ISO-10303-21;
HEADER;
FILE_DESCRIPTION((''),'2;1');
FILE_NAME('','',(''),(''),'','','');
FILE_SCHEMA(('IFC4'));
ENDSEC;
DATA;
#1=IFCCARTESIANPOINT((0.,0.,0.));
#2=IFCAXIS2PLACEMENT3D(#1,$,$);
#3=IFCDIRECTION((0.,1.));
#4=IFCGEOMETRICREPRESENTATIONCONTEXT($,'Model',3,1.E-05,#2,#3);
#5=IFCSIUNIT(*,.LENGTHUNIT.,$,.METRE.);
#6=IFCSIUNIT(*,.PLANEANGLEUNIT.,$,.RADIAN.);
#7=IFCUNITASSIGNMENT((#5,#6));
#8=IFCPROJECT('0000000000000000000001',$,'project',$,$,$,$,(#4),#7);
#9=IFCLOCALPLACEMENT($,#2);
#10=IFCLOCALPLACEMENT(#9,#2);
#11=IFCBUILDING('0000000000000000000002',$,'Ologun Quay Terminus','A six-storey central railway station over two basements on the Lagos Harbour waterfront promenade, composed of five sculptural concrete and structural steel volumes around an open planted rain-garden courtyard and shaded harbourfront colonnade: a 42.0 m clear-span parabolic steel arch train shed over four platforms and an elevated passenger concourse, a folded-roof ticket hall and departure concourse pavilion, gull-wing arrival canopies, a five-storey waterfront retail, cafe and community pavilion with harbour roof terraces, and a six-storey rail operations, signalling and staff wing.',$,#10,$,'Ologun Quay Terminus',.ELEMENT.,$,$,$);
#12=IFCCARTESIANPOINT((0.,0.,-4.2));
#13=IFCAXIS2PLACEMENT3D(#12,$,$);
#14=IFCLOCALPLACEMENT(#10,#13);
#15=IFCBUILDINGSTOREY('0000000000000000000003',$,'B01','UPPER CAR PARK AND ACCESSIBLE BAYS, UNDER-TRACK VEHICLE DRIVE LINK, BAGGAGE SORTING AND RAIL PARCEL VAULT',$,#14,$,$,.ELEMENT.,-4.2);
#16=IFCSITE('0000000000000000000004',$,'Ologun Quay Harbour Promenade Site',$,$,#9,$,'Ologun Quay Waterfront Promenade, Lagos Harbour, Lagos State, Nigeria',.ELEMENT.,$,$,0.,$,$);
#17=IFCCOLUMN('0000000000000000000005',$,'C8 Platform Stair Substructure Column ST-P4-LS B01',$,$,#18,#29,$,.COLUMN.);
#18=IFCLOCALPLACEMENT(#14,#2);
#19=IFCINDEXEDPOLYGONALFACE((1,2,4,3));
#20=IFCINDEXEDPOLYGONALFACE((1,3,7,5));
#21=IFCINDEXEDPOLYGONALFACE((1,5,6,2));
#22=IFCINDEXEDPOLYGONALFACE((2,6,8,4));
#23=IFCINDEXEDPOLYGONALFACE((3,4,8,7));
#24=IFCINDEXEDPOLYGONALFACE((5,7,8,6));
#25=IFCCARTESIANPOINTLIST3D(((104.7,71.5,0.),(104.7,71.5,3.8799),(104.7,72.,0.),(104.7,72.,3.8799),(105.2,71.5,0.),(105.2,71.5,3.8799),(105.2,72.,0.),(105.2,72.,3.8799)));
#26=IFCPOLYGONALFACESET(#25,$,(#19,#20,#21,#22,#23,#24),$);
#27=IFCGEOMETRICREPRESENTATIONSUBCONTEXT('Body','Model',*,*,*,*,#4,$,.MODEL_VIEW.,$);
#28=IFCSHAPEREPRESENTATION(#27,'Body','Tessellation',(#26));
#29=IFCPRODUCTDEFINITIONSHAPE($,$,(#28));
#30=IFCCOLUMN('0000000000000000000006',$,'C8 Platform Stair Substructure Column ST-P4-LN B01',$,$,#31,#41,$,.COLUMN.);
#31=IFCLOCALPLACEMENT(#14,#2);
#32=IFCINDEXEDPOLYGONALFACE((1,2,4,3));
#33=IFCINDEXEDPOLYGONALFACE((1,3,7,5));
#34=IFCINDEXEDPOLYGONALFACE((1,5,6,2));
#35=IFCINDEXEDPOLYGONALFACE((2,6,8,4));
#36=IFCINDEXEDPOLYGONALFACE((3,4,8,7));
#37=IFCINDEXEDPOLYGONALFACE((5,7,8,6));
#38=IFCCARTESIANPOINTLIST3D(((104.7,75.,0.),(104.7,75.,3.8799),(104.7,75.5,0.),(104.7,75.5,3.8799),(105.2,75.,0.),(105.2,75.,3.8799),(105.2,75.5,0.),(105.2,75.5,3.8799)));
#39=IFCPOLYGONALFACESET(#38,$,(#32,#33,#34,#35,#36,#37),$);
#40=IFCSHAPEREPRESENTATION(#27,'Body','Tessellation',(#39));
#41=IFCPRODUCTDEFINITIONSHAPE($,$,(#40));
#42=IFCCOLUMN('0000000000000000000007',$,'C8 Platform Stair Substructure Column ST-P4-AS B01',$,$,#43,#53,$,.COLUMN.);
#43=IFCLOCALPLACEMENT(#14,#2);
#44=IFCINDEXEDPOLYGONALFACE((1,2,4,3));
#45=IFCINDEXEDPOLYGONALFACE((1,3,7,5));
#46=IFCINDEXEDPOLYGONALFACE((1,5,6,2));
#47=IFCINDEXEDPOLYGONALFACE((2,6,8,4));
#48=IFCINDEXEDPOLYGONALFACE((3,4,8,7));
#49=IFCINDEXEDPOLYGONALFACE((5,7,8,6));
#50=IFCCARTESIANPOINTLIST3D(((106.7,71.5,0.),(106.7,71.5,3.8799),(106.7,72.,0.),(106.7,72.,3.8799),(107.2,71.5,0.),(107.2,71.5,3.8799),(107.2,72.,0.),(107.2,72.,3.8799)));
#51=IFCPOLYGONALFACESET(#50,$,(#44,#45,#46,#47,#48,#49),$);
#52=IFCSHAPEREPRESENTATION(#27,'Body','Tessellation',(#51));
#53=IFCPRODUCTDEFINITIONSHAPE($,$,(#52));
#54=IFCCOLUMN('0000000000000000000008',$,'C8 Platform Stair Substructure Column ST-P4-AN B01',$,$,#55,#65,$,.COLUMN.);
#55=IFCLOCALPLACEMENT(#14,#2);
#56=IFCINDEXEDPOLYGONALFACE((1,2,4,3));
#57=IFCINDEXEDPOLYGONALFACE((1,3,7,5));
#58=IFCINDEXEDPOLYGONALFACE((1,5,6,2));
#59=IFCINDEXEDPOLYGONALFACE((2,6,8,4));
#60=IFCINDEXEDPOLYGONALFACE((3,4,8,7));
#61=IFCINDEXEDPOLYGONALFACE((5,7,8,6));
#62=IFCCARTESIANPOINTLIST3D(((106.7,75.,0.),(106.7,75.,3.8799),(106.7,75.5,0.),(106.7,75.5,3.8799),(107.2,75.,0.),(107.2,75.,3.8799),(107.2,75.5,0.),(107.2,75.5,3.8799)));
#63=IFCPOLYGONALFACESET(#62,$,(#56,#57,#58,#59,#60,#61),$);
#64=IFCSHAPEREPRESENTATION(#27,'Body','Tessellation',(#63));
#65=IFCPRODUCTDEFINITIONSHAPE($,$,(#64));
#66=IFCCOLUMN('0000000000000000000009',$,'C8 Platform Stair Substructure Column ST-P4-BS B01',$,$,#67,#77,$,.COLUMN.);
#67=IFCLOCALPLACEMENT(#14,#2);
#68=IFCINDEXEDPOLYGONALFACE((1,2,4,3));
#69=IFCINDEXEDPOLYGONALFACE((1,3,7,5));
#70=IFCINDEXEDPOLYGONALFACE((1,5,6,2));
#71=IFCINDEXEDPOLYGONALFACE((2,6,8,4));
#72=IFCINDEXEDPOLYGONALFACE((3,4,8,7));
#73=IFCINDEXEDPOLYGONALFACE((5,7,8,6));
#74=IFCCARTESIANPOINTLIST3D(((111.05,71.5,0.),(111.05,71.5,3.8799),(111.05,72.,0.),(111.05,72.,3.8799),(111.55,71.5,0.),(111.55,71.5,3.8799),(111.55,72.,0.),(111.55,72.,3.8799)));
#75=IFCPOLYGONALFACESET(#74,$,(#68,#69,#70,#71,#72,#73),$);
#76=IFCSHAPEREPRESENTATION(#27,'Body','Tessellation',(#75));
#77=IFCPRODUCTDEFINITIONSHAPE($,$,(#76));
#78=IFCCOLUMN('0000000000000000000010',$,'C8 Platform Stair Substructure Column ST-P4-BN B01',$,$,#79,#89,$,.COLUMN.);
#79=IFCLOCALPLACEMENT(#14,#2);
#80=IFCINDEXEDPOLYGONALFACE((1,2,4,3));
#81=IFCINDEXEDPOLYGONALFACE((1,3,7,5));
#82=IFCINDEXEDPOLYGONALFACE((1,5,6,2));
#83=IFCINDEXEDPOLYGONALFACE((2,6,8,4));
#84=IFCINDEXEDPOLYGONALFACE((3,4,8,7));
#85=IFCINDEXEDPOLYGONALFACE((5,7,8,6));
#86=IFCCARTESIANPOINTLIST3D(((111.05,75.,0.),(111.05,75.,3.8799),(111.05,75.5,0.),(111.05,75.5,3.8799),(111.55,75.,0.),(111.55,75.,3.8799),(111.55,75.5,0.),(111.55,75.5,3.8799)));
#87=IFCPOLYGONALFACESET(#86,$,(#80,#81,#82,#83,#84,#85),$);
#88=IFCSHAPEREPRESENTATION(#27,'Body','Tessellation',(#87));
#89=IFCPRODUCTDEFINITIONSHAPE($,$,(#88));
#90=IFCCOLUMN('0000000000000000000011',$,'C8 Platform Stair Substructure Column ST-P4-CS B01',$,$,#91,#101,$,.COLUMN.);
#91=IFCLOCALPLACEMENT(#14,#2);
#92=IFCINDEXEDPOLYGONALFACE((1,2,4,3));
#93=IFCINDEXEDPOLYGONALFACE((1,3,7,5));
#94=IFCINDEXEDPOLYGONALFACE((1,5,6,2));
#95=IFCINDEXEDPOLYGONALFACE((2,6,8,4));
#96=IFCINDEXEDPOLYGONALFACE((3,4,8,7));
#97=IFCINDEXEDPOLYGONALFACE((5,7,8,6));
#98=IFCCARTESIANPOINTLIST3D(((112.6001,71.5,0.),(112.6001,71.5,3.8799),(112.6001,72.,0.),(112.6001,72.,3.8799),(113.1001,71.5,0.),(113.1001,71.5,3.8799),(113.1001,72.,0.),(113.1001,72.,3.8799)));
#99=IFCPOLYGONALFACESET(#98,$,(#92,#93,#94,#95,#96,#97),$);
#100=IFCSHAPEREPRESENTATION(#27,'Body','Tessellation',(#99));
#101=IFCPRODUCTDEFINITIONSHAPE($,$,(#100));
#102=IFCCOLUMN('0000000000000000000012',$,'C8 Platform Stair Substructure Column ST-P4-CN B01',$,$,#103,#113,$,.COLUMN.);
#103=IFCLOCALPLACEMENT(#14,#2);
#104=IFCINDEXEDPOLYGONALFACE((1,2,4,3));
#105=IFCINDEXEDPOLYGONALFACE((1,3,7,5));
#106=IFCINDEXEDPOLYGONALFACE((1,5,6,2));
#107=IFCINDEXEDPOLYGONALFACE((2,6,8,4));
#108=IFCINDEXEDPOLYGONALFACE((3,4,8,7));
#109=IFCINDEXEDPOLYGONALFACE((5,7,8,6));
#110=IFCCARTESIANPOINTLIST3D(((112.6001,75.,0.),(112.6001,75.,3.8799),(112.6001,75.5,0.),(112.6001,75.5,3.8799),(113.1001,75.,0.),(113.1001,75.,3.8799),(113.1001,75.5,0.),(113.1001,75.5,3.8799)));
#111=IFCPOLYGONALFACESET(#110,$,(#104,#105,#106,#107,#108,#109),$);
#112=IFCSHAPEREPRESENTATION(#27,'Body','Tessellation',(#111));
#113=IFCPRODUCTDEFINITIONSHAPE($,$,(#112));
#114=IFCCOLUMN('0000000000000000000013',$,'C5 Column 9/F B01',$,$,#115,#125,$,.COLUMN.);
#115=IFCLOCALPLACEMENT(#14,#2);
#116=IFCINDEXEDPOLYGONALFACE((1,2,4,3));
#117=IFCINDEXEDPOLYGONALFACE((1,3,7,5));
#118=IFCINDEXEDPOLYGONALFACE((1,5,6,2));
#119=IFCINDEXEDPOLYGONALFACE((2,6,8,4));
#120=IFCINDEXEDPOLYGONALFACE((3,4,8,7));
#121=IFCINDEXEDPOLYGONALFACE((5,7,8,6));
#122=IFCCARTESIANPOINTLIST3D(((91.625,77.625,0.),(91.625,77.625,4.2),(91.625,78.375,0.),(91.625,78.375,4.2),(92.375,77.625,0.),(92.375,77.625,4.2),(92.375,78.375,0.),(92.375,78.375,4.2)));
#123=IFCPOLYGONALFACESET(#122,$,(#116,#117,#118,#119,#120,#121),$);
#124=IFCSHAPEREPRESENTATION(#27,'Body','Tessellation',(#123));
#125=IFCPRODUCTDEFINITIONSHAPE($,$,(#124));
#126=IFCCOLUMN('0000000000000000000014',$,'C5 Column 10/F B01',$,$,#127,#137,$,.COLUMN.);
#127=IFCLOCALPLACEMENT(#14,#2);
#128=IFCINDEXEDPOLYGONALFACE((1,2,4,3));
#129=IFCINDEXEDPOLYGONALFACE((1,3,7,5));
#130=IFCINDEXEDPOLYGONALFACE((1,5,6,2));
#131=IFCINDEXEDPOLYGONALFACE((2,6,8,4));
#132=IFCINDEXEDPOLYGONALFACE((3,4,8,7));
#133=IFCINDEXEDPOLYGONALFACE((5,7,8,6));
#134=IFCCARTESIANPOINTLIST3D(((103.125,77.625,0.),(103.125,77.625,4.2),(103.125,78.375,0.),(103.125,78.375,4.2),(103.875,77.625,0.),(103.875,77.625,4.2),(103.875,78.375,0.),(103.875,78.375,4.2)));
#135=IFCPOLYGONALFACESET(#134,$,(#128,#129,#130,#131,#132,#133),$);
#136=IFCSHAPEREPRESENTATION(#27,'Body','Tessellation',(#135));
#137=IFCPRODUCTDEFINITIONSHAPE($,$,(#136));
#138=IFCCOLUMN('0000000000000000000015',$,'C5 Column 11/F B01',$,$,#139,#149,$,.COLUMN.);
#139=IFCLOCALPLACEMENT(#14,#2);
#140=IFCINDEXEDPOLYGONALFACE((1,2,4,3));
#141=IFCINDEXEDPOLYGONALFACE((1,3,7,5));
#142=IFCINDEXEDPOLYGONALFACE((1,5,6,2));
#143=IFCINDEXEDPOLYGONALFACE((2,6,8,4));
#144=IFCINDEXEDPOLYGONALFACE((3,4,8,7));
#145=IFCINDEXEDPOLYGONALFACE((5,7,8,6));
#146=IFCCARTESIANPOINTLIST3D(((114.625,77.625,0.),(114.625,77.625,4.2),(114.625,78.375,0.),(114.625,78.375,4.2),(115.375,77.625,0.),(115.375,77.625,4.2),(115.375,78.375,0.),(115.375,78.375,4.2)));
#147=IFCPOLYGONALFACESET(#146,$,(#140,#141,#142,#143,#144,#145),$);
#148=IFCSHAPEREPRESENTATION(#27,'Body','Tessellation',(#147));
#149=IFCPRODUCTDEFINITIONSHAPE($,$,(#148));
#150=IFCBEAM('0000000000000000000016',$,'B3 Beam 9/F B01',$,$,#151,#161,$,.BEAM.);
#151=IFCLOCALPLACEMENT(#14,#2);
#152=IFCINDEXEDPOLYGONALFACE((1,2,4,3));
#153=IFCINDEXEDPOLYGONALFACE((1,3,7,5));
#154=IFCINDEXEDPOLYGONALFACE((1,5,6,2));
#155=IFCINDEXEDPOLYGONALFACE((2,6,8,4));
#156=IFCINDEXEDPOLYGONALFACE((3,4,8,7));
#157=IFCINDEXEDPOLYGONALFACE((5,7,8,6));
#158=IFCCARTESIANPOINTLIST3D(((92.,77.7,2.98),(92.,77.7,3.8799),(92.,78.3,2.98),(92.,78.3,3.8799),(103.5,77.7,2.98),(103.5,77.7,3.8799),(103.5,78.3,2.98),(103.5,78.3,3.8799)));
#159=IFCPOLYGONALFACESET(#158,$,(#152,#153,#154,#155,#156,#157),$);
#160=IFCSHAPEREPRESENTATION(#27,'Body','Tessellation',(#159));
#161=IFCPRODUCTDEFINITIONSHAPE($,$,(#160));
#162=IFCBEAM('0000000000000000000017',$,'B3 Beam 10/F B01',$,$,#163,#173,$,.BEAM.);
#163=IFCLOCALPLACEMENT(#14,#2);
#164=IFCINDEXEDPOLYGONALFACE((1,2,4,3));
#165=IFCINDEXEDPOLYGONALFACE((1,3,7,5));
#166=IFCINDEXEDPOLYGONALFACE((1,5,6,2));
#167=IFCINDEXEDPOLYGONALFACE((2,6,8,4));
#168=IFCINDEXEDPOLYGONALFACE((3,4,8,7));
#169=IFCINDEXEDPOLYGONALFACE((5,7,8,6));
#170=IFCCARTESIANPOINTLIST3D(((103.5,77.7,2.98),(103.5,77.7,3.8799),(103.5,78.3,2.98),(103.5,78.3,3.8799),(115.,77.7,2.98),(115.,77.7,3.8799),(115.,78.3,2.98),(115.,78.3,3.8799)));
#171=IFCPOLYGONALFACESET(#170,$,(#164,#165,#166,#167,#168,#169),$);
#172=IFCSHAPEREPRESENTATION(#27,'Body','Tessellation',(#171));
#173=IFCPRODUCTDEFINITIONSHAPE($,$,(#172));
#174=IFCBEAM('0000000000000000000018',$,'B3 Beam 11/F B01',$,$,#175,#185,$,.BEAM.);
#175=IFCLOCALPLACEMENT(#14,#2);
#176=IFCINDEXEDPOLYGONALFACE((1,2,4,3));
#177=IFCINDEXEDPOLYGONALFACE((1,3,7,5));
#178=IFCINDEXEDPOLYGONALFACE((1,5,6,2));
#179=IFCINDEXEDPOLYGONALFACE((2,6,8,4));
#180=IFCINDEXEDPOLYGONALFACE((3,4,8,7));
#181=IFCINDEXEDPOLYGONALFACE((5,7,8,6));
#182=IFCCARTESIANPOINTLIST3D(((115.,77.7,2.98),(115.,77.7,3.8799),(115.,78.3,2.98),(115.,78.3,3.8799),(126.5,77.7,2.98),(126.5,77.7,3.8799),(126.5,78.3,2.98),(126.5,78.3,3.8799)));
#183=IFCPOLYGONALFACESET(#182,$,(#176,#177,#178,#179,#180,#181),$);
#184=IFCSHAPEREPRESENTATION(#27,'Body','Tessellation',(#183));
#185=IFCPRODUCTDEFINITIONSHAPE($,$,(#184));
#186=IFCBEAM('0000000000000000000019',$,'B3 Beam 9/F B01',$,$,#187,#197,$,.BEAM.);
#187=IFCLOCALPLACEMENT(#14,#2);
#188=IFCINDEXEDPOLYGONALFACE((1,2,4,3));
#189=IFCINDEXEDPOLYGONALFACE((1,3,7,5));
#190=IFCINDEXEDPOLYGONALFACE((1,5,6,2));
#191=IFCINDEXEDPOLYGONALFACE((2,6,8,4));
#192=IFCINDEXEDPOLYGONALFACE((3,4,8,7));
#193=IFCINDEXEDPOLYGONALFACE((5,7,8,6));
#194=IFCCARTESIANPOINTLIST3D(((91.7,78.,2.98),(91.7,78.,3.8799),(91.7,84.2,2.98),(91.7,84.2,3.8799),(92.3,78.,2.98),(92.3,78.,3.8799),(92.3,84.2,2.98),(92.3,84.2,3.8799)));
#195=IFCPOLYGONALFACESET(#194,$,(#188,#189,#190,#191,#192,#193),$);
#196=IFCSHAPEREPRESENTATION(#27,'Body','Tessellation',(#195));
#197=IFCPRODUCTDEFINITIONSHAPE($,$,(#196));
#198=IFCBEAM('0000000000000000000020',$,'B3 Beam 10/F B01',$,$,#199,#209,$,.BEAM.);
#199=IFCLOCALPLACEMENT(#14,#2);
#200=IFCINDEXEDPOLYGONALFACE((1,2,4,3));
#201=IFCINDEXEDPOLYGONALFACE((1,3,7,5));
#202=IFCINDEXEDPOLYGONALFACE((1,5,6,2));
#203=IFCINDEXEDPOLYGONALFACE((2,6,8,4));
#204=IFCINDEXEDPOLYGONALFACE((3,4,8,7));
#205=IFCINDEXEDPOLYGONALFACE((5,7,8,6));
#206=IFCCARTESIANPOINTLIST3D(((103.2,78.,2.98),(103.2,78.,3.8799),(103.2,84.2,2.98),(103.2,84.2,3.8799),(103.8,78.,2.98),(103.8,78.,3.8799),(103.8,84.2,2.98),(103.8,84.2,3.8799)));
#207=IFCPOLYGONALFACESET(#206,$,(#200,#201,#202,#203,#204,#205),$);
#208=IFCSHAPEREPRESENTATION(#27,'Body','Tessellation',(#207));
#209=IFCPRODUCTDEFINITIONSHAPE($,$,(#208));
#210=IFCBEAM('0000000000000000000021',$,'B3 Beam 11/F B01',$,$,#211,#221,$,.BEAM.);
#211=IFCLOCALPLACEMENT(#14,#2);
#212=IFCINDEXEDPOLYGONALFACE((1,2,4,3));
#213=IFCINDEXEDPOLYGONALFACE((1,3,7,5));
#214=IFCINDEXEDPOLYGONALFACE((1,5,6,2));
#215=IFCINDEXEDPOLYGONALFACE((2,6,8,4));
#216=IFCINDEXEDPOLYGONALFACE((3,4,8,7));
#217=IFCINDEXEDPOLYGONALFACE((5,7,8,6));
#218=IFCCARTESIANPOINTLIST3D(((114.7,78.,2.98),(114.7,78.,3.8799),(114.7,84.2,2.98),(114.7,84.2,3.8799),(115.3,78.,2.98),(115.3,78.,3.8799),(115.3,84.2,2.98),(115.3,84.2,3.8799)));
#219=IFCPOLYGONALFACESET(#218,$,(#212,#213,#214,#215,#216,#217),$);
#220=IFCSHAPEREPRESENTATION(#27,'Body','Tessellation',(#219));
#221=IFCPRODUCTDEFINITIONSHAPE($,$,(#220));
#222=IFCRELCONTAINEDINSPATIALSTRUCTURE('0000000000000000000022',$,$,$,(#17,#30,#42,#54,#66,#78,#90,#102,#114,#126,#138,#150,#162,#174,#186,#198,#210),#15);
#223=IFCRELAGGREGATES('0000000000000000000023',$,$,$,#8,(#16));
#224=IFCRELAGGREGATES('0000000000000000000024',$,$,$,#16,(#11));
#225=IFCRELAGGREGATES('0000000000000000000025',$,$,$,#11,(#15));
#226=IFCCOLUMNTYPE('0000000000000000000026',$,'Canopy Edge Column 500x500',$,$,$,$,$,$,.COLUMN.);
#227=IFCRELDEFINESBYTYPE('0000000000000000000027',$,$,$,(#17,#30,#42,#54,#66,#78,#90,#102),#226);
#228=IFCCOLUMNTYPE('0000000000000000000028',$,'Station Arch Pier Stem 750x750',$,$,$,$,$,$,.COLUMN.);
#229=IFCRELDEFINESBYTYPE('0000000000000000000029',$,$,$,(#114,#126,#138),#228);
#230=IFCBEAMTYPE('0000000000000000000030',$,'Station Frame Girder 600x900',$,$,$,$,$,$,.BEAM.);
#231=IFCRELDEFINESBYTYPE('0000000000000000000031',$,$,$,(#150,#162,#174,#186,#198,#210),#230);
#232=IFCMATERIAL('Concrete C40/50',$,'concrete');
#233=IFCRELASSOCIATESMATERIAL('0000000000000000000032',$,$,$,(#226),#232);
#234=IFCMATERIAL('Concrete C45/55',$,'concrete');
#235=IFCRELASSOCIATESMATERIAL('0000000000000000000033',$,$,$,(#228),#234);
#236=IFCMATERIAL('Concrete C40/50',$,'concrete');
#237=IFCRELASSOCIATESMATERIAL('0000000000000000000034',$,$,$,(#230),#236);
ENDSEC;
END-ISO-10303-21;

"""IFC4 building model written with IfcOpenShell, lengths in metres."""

from ifc_helpers import new_model, si_unit, direction, frame, origin, origin_2d, place, context, subcontext, project, spatial, rectangle, extrude, material, material_profile, profile_set, type_object, element, save


model = new_model("IFC4")

# Units and contexts
model_context = context("Model", 3, precision=1e-05, world=origin(), true_north=direction((0.0, 1.0)))
body_context = subcontext(model_context, "Body", "Model", "MODEL_VIEW")
ifc_project = project(units=[si_unit("LENGTHUNIT", "METRE"), si_unit("PLANEANGLEUNIT", "RADIAN")], contexts=[model_context])

# Site, building, storey
site_placement = place(None, origin())
site = spatial("IfcSite", under=ifc_project, at=site_placement, Name="Ologun Quay Harbour Promenade Site", LongName="Ologun Quay Waterfront Promenade, Lagos Harbour, Lagos State, Nigeria", CompositionType="ELEMENT", RefElevation=0.0)
building_placement = place(site_placement, origin())
building = spatial("IfcBuilding", under=site, at=building_placement, Name="Ologun Quay Terminus", Description="A six-storey central railway station over two basements on the Lagos Harbour waterfront promenade, composed of five sculptural concrete and structural steel volumes around an open planted rain-garden courtyard and shaded harbourfront colonnade: a 42.0 m clear-span parabolic steel arch train shed over four platforms and an elevated passenger concourse, a folded-roof ticket hall and departure concourse pavilion, gull-wing arrival canopies, a five-storey waterfront retail, cafe and community pavilion with harbour roof terraces, and a six-storey rail operations, signalling and staff wing.", LongName="Ologun Quay Terminus", CompositionType="ELEMENT")
storey_placement = place(building_placement, frame((0.0, 0.0, -4.2)))
storey = spatial("IfcBuildingStorey", under=building, at=storey_placement, Name="B01", Description="UPPER CAR PARK AND ACCESSIBLE BAYS, UNDER-TRACK VEHICLE DRIVE LINK, BAGGAGE SORTING AND RAIL PARCEL VAULT", CompositionType="ELEMENT", Elevation=-4.2)

# Columns
ifc_material_1 = material(Name="Concrete C40/50", Category="concrete")
ifc_material_profile_1 = material_profile(ifc_material_1, rectangle(XDim=0.5, YDim=0.5, at=origin_2d()), Name="RC 500x500")
ifc_profile_set_1 = profile_set([ifc_material_profile_1], Name="Concrete C40/50")
column_type_1 = type_object("IfcColumnType", Name="Canopy Edge Column 500x500", PredefinedType="COLUMN", material=ifc_profile_set_1)
for number, where, z_axis, x_axis, name in (
    (1, (104.95, 71.75, 0.0), (0.0, 0.0, 1.0), (1.0, 0.0, 0.0), "C8 Platform Stair Substructure Column ST-P4-LS B01"),
    (2, (104.95, 75.25, 0.0), (0.0, 0.0, 1.0), (1.0, 0.0, 0.0), "C8 Platform Stair Substructure Column ST-P4-LN B01"),
    (3, (106.95, 71.75, 0.0), (0.0, 0.0, 1.0), (1.0, 0.0, 0.0), "C8 Platform Stair Substructure Column ST-P4-AS B01"),
    (4, (106.95, 75.25, 0.0), (0.0, 0.0, 1.0), (1.0, 0.0, 0.0), "C8 Platform Stair Substructure Column ST-P4-AN B01"),
    (5, (111.3, 71.75, 0.0), (0.0, 0.0, 1.0), (1.0, 0.0, 0.0), "C8 Platform Stair Substructure Column ST-P4-BS B01"),
    (6, (111.3, 75.25, 0.0), (0.0, 0.0, 1.0), (1.0, 0.0, 0.0), "C8 Platform Stair Substructure Column ST-P4-BN B01"),
    (7, (112.8501, 71.75, 0.0), (0.0, 0.0, 1.0), (1.0, 0.0, 0.0), "C8 Platform Stair Substructure Column ST-P4-CS B01"),
    (8, (112.8501, 75.25, 0.0), (0.0, 0.0, 1.0), (1.0, 0.0, 0.0), "C8 Platform Stair Substructure Column ST-P4-CN B01"),
):
    element("IfcColumn", number, at=place(storey_placement, frame(where, z_axis=z_axis, x_axis=x_axis)), inside=storey, type_object=column_type_1, Name=name, PredefinedType="COLUMN", context=body_context, shape_type="SweptSolid", body=[
        extrude(rectangle(XDim=0.5, YDim=0.5, at=origin_2d()), origin(), (0.0, 0.0, 1.0), 3.8799),
    ])
ifc_material_2 = material(Name="Concrete C45/55", Category="concrete")
ifc_material_profile_2 = material_profile(ifc_material_2, rectangle(XDim=0.75, YDim=0.75, at=origin_2d()), Name="RC 750x750")
ifc_profile_set_2 = profile_set([ifc_material_profile_2], Name="Concrete C45/55")
column_type_2 = type_object("IfcColumnType", Name="Station Arch Pier Stem 750x750", PredefinedType="COLUMN", material=ifc_profile_set_2)
for number, where, z_axis, x_axis, name in (
    (9, (92.0, 78.0, 0.0), (0.0, 0.0, 1.0), (1.0, 0.0, 0.0), "C5 Column 9/F B01"),
    (10, (103.5, 78.0, 0.0), (0.0, 0.0, 1.0), (1.0, 0.0, 0.0), "C5 Column 10/F B01"),
    (11, (115.0, 78.0, 0.0), (0.0, 0.0, 1.0), (1.0, 0.0, 0.0), "C5 Column 11/F B01"),
):
    element("IfcColumn", number, at=place(storey_placement, frame(where, z_axis=z_axis, x_axis=x_axis)), inside=storey, type_object=column_type_2, Name=name, PredefinedType="COLUMN", context=body_context, shape_type="SweptSolid", body=[
        extrude(rectangle(XDim=0.75, YDim=0.75, at=origin_2d()), origin(), (0.0, 0.0, 1.0), 4.2),
    ])

# Beams
ifc_material_3 = material(Name="Concrete C40/50", Category="concrete")
ifc_material_profile_3 = material_profile(ifc_material_3, rectangle(XDim=0.6001, YDim=0.8999, at=origin_2d()), Name="RC 600x900")
ifc_profile_set_3 = profile_set([ifc_material_profile_3], Name="Concrete C40/50")
beam_type_1 = type_object("IfcBeamType", Name="Station Frame Girder 600x900", PredefinedType="BEAM", material=ifc_profile_set_3)
for number, where, z_axis, x_axis, name in (
    (12, (92.0, 78.0, 3.4299), (1.0, 0.0, 0.0), (0.0, 1.0, 0.0), "B3 Beam 9/F B01"),
    (13, (103.5, 78.0, 3.4299), (1.0, 0.0, 0.0), (0.0, 1.0, 0.0), "B3 Beam 10/F B01"),
    (14, (115.0, 78.0, 3.4299), (1.0, 0.0, 0.0), (0.0, 1.0, 0.0), "B3 Beam 11/F B01"),
):
    element("IfcBeam", number, at=place(storey_placement, frame(where, z_axis=z_axis, x_axis=x_axis)), inside=storey, type_object=beam_type_1, Name=name, PredefinedType="BEAM", context=body_context, shape_type="SweptSolid", body=[
        extrude(rectangle(XDim=0.6001, YDim=0.8999, at=origin_2d()), origin(), (0.0, 0.0, 1.0), 11.5),
    ])
for number, where, z_axis, x_axis, name in (
    (15, (92.0, 78.0, 3.4299), (0.0, 1.0, 0.0), (-1.0, 0.0, 0.0), "B3 Beam 9/F B01"),
    (16, (103.5, 78.0, 3.4299), (0.0, 1.0, 0.0), (-1.0, 0.0, 0.0), "B3 Beam 10/F B01"),
    (17, (115.0, 78.0, 3.4299), (0.0, 1.0, 0.0), (-1.0, 0.0, 0.0), "B3 Beam 11/F B01"),
):
    element("IfcBeam", number, at=place(storey_placement, frame(where, z_axis=z_axis, x_axis=x_axis)), inside=storey, type_object=beam_type_1, Name=name, PredefinedType="BEAM", context=body_context, shape_type="SweptSolid", body=[
        extrude(rectangle(XDim=0.6001, YDim=0.8999, at=origin_2d()), origin(), (0.0, 0.0, 1.0), 6.2),
    ])

save(model, "model.ifc")
